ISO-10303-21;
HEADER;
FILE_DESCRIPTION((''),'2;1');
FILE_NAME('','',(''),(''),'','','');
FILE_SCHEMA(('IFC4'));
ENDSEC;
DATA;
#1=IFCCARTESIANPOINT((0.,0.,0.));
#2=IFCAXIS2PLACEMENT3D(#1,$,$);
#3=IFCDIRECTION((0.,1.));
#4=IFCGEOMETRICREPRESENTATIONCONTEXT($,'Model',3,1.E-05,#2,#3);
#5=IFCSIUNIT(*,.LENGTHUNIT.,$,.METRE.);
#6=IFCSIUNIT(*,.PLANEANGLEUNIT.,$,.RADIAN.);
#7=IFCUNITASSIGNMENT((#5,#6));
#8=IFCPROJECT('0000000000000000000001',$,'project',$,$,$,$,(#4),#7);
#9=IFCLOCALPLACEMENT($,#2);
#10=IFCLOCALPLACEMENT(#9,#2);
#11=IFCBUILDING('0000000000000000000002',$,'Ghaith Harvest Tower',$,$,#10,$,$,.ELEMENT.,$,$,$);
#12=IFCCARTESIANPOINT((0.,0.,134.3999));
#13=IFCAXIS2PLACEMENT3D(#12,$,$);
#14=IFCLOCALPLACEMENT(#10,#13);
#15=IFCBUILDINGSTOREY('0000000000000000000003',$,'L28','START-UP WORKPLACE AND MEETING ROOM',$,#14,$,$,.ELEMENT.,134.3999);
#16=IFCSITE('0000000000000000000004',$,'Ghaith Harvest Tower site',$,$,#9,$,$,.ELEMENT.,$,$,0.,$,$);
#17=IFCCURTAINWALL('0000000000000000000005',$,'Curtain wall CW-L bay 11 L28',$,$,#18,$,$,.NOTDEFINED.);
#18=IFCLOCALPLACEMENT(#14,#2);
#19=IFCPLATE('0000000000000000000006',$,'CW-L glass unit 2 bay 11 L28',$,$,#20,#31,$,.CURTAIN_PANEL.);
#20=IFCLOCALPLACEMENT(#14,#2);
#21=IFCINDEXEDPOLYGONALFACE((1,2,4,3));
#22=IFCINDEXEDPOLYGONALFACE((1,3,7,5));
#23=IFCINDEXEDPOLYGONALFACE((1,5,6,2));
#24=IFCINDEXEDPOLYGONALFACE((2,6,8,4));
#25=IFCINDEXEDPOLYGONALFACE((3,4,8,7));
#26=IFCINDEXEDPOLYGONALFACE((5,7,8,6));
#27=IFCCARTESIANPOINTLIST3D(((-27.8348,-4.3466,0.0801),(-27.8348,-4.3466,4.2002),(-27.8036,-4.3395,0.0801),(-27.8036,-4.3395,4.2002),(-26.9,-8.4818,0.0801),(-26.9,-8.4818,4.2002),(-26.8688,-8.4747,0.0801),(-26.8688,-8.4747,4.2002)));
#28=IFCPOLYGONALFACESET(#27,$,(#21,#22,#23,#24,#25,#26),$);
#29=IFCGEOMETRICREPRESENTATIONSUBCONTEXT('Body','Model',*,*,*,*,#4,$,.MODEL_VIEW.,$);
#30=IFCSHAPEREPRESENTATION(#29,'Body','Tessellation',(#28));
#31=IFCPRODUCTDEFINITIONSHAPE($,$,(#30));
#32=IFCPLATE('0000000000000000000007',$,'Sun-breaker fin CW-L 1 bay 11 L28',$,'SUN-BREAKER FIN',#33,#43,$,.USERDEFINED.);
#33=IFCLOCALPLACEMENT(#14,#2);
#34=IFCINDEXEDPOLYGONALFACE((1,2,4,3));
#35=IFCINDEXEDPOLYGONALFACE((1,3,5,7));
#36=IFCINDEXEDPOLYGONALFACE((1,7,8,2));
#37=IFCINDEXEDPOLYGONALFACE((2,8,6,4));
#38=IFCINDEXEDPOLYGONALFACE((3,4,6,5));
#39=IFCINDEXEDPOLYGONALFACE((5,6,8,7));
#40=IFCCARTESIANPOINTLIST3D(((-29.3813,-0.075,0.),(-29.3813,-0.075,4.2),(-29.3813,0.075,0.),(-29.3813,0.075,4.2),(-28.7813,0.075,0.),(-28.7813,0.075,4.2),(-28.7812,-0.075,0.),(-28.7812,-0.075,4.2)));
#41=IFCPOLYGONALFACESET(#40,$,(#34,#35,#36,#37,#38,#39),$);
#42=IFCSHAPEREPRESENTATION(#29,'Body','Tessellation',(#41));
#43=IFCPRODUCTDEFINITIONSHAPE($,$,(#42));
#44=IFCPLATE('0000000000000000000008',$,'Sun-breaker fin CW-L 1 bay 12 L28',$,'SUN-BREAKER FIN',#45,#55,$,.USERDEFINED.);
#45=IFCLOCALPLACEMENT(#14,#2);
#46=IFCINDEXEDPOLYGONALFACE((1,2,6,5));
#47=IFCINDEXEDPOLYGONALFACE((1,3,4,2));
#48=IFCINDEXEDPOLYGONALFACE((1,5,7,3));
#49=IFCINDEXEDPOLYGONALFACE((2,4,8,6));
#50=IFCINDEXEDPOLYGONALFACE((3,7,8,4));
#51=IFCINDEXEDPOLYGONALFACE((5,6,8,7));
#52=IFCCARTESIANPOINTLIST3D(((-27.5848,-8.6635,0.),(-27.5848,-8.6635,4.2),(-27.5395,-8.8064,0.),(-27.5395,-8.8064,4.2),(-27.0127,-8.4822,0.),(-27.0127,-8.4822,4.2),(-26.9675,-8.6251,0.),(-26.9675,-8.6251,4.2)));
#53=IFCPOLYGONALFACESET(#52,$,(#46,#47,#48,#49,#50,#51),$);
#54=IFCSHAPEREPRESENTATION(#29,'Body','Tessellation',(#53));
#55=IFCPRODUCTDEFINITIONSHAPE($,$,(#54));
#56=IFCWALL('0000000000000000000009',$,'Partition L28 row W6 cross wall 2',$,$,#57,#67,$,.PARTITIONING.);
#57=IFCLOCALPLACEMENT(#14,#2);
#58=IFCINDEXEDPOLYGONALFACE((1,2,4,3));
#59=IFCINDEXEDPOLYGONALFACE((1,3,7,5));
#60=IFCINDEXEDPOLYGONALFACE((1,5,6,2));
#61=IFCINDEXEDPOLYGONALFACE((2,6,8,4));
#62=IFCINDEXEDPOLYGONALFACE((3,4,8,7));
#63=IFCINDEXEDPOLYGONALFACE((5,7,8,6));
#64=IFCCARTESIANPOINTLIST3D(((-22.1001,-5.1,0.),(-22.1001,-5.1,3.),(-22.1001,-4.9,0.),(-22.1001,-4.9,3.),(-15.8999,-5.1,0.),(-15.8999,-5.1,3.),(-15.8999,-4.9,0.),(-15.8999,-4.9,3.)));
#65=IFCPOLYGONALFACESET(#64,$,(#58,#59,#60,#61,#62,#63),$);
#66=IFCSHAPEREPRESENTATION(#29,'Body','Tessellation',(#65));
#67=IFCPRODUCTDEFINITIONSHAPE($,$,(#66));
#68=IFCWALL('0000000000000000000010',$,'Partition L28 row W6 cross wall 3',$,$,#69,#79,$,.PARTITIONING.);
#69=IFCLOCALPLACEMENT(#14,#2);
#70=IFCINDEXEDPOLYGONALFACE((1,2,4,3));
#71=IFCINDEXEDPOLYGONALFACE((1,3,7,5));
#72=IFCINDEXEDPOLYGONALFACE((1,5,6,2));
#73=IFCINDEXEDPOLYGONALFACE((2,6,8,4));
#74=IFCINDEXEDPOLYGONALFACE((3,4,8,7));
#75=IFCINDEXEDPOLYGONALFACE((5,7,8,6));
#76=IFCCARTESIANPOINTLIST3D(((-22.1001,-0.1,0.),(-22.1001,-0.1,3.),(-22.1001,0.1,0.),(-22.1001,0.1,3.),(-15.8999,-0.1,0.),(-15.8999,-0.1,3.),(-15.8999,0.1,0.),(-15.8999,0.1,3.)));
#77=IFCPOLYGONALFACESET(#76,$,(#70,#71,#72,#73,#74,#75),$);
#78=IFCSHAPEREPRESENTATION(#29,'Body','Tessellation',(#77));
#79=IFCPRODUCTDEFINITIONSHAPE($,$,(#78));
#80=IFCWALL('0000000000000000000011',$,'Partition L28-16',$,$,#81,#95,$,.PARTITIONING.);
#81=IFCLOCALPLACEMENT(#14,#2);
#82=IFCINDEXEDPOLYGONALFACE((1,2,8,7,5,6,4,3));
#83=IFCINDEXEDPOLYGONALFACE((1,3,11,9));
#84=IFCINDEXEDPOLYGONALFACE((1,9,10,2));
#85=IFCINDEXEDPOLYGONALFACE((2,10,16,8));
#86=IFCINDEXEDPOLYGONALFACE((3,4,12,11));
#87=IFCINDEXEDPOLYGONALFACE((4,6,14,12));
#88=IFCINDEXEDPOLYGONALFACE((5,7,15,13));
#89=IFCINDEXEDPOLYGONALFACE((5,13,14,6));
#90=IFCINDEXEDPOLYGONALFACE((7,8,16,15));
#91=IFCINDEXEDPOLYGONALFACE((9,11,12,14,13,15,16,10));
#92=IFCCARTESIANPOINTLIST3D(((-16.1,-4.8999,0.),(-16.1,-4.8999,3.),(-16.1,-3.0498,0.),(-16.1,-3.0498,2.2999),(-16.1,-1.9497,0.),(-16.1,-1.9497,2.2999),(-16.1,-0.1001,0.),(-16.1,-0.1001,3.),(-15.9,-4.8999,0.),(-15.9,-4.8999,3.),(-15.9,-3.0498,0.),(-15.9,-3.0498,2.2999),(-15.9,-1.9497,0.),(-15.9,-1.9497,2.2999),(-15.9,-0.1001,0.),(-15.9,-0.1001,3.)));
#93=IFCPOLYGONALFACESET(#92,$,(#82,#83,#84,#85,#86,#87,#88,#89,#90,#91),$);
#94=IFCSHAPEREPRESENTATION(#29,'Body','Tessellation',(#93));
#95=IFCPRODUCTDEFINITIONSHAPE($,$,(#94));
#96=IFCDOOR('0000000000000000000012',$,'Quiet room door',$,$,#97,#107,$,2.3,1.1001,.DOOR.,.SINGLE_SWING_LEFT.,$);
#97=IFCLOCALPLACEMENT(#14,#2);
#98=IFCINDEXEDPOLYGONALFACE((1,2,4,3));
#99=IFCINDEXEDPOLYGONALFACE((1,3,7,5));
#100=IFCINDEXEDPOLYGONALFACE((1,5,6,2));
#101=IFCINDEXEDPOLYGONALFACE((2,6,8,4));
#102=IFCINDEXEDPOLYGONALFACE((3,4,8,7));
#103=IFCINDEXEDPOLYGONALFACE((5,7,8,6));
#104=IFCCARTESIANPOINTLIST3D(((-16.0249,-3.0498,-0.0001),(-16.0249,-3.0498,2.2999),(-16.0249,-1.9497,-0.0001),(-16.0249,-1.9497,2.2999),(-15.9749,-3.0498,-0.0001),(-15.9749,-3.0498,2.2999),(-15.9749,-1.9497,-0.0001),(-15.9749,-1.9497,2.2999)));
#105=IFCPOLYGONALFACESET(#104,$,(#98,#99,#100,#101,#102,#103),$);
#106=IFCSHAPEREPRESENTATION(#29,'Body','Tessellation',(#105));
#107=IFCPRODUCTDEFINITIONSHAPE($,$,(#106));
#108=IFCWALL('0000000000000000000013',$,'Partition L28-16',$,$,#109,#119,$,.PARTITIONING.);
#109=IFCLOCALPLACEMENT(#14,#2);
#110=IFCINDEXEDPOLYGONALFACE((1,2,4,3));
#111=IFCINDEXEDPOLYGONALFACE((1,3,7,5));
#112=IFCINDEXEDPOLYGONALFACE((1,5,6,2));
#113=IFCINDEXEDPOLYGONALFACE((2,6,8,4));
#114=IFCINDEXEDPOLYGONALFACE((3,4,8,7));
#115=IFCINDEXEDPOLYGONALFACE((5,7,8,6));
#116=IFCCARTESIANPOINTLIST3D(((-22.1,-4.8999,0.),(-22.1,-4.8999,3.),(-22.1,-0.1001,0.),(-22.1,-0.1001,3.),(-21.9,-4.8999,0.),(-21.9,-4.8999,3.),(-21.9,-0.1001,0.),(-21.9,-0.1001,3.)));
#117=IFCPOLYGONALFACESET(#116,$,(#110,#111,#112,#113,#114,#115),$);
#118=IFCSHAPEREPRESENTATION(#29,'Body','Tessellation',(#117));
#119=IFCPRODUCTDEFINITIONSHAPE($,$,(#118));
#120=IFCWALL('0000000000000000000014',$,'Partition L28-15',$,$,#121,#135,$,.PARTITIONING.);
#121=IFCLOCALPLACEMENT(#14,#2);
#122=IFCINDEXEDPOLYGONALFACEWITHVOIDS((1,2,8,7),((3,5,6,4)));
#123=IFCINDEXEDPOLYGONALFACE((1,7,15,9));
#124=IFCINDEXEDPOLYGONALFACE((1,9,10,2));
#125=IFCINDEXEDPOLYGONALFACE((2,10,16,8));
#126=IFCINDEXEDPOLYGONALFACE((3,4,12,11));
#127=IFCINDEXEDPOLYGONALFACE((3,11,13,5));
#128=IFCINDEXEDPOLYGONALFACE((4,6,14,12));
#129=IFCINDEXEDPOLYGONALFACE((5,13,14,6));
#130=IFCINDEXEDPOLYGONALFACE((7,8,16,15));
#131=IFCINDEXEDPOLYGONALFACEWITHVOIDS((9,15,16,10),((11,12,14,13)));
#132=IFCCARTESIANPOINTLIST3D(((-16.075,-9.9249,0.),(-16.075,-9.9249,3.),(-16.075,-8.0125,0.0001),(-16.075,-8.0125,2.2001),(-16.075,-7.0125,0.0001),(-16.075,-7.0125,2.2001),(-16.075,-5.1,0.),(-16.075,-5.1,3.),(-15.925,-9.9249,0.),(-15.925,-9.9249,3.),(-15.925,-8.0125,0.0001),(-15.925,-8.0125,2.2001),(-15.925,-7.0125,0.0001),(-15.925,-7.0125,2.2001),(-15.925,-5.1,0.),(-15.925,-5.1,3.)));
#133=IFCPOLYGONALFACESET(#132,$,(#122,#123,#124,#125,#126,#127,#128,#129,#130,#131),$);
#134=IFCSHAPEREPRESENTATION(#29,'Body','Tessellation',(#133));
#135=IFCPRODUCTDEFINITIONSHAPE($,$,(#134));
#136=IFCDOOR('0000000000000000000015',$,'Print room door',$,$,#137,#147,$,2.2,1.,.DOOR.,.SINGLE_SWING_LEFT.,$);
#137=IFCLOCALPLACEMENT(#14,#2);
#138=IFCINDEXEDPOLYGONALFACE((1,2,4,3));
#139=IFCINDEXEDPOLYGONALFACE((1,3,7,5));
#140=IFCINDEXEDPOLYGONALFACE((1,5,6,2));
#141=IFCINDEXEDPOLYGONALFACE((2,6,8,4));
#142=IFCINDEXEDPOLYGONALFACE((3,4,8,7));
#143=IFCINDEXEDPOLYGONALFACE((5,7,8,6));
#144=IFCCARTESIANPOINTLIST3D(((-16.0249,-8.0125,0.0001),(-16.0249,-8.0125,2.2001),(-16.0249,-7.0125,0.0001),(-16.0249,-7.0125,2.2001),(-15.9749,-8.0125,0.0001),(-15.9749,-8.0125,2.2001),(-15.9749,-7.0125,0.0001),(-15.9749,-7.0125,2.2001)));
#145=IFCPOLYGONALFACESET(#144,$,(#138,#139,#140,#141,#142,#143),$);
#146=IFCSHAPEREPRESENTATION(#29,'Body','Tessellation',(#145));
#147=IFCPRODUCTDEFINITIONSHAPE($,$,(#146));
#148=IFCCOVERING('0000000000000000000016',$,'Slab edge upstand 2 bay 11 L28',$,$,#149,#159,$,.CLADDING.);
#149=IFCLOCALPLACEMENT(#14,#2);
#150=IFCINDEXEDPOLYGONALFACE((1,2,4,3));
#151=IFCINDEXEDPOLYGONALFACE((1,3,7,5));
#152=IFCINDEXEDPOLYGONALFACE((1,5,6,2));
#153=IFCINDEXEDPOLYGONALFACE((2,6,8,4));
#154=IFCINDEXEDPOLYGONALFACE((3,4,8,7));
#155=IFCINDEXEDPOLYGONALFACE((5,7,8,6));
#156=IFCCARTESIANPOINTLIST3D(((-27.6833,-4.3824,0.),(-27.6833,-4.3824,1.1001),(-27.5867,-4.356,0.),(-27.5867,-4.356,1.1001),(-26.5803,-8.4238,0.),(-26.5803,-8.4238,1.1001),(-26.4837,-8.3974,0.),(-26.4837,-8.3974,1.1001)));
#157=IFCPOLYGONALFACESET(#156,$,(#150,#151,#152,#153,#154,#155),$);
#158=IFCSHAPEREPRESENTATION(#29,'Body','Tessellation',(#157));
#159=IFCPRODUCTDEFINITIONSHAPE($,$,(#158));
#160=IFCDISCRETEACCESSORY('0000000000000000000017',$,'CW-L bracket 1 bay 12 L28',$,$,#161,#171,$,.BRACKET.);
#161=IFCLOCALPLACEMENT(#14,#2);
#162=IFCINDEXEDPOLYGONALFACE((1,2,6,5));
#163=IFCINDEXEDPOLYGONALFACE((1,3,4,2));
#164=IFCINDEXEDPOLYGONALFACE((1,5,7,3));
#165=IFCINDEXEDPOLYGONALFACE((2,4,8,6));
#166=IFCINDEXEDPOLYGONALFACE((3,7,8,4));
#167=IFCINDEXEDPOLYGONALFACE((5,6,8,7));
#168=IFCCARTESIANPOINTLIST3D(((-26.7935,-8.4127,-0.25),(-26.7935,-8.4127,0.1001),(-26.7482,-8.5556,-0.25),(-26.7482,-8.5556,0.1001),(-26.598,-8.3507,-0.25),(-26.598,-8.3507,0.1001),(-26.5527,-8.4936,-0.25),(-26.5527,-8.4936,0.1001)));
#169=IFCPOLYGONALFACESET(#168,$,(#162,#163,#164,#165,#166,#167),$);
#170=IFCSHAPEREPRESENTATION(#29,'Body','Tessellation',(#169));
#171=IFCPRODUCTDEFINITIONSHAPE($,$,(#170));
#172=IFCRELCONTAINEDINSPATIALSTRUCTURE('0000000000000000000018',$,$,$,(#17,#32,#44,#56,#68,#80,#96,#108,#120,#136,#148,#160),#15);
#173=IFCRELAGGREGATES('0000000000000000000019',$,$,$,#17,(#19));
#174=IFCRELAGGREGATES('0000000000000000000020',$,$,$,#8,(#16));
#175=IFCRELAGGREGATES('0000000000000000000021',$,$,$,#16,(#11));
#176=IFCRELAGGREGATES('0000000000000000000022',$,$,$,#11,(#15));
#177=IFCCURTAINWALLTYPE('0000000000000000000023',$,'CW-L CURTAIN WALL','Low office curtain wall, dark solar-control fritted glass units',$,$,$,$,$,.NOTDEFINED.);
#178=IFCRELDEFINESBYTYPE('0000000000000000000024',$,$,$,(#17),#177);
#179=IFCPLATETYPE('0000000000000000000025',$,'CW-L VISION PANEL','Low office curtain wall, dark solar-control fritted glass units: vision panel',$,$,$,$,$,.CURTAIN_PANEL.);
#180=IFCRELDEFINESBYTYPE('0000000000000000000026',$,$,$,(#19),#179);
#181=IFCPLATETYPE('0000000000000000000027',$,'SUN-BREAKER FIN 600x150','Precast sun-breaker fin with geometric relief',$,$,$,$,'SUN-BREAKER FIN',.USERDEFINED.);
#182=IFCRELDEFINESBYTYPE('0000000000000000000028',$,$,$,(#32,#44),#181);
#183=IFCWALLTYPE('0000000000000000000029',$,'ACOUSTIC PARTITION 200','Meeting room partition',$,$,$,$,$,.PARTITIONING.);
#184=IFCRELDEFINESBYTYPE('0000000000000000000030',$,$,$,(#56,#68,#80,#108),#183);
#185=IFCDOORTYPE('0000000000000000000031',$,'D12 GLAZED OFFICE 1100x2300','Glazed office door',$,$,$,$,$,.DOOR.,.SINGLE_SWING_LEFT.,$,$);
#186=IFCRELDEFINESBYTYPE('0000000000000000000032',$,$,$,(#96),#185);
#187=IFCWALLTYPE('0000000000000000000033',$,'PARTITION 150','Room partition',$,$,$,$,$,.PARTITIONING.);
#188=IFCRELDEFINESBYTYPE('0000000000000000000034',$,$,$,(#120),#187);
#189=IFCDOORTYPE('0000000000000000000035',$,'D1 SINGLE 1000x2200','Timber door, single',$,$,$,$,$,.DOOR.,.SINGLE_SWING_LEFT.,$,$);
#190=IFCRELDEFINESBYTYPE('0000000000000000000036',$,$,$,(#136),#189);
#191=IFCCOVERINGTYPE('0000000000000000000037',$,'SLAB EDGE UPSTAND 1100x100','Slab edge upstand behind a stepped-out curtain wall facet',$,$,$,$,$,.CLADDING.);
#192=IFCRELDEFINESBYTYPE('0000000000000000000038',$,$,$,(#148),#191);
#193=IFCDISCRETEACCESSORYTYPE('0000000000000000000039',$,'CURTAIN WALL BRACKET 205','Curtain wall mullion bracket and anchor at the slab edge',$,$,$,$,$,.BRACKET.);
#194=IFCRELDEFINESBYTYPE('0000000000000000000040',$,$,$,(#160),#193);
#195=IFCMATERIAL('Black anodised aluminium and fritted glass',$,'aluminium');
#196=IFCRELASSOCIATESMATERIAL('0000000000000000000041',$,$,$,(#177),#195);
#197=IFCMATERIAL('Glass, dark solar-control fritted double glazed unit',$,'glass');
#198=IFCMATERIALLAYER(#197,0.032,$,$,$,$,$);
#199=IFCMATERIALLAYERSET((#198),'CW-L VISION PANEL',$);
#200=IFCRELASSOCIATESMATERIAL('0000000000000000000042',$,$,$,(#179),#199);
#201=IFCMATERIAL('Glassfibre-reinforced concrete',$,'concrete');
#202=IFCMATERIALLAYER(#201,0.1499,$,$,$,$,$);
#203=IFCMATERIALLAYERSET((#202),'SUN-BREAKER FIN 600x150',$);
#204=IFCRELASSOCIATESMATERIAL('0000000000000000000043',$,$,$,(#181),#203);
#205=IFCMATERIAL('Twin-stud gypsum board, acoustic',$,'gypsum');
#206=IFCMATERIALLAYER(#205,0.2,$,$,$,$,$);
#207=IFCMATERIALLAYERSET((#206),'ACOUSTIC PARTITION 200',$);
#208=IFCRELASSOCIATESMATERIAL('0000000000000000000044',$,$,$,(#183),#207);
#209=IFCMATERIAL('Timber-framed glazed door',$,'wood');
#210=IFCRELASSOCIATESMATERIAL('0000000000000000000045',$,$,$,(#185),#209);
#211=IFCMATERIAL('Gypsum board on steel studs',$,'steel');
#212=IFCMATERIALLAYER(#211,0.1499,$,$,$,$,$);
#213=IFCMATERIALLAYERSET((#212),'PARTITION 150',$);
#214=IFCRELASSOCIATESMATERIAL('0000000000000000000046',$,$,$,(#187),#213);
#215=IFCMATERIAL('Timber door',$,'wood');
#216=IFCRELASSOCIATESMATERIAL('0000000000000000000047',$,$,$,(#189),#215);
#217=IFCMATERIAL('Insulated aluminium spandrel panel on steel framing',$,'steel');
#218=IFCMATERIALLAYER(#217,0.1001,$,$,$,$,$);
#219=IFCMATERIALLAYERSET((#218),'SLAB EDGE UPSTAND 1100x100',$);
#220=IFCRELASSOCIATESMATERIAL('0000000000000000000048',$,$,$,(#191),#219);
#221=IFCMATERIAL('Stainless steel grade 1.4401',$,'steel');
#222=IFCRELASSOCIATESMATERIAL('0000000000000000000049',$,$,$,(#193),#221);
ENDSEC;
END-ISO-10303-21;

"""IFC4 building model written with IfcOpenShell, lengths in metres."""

from ifc_helpers import new_model, si_unit, direction, frame, frame_2d, origin, origin_2d, place, context, subcontext, project, spatial, rectangle, extrude, material, layer, layer_set, type_object, element, fill, aggregate, save


model = new_model("IFC4")

# Units and contexts
model_context = context("Model", 3, precision=1e-05, world=origin(), true_north=direction((0.0, 1.0)))
body_context = subcontext(model_context, "Body", "Model", "MODEL_VIEW")
ifc_project = project(units=[si_unit("LENGTHUNIT", "METRE"), si_unit("PLANEANGLEUNIT", "RADIAN")], contexts=[model_context])

# Site, building, storey
site_placement = place(None, origin())
site = spatial("IfcSite", under=ifc_project, at=site_placement, Name="Ghaith Harvest Tower site", CompositionType="ELEMENT", RefElevation=0.0)
building_placement = place(site_placement, origin())
building = spatial("IfcBuilding", under=site, at=building_placement, Name="Ghaith Harvest Tower", CompositionType="ELEMENT")
storey_placement = place(building_placement, frame((0.0, 0.0, 134.3999)))
storey = spatial("IfcBuildingStorey", under=building, at=storey_placement, Name="L28", Description="START-UP WORKPLACE AND MEETING ROOM", CompositionType="ELEMENT", Elevation=134.3999)

# Curtain wall
ifc_material_1 = material(Name="Black anodised aluminium and fritted glass", Category="aluminium")
curtain_wall_type = type_object("IfcCurtainWallType", Name="CW-L CURTAIN WALL", Description="Low office curtain wall, dark solar-control fritted glass units", PredefinedType="NOTDEFINED", material=ifc_material_1)
curtain_wall_1_placement = place(storey_placement, origin())
curtain_wall_1 = element("IfcCurtainWall", 1, at=curtain_wall_1_placement, inside=storey, type_object=curtain_wall_type, Name="Curtain wall CW-L bay 11 L28", PredefinedType="NOTDEFINED")

# Shared definitions
ifc_material_2 = material(Name="Glass, dark solar-control fritted double glazed unit", Category="glass")
ifc_layer_1 = layer(ifc_material_2, 0.032)
ifc_layer_set_1 = layer_set([ifc_layer_1], Name="CW-L VISION PANEL")
plate_type_1 = type_object("IfcPlateType", Name="CW-L VISION PANEL", Description="Low office curtain wall, dark solar-control fritted glass units: vision panel", PredefinedType="CURTAIN_PANEL", material=ifc_layer_set_1)

# Plate
plate_1_placement = place(storey_placement, frame((-27.3518, -6.4106, 0.0801), z_axis=(0.0, 0.0, 1.0), x_axis=(0.220483, -0.975391, 0.0)))
plate_1 = element("IfcPlate", 2, at=plate_1_placement, type_object=plate_type_1, Name="CW-L glass unit 2 bay 11 L28", PredefinedType="CURTAIN_PANEL", context=body_context, shape_type="SweptSolid", body=[
    extrude(rectangle(XDim=4.2395, YDim=0.032, at=origin_2d()), origin(), (0.0, 0.0, 1.0), 4.1201),
])
aggregate(curtain_wall_1, [plate_1])

# Plates
ifc_material_3 = material(Name="Glassfibre-reinforced concrete", Category="concrete")
ifc_layer_2 = layer(ifc_material_3, 0.1499)
ifc_layer_set_2 = layer_set([ifc_layer_2], Name="SUN-BREAKER FIN 600x150")
plate_type_2 = type_object("IfcPlateType", Name="SUN-BREAKER FIN 600x150", Description="Precast sun-breaker fin with geometric relief", ElementType="SUN-BREAKER FIN", PredefinedType="USERDEFINED", material=ifc_layer_set_2)
for number, where, z_axis, x_axis, name in (
    (3, (-29.0813, 0.0, 0.0), (0.0, 0.0, 1.0), (-1.0, 0.0, 0.0), "Sun-breaker fin CW-L 1 bay 11 L28"),
    (4, (-27.2761, -8.6443, 0.0), (0.0, 0.0, 1.0), (-0.953273, -0.30211, 0.0), "Sun-breaker fin CW-L 1 bay 12 L28"),
):
    element("IfcPlate", number, at=place(storey_placement, frame(where, z_axis=z_axis, x_axis=x_axis)), inside=storey, type_object=plate_type_2, Name=name, ObjectType="SUN-BREAKER FIN", PredefinedType="USERDEFINED", context=body_context, shape_type="SweptSolid", body=[
        extrude(rectangle(XDim=0.6001, YDim=0.1499, at=origin_2d()), origin(), (0.0, 0.0, 1.0), 4.2),
    ])

# Walls
ifc_material_4 = material(Name="Twin-stud gypsum board, acoustic", Category="gypsum")
ifc_layer_3 = layer(ifc_material_4, 0.2)
ifc_layer_set_3 = layer_set([ifc_layer_3], Name="ACOUSTIC PARTITION 200")
wall_type_1 = type_object("IfcWallType", Name="ACOUSTIC PARTITION 200", Description="Meeting room partition", PredefinedType="PARTITIONING", material=ifc_layer_set_3)
for number, where, z_axis, x_axis, name in (
    (5, (-15.8999, -5.0, 0.0), (0.0, 0.0, 1.0), (-1.0, 0.0, 0.0), "Partition L28 row W6 cross wall 2"),
    (6, (-15.8999, 0.0, 0.0), (0.0, 0.0, 1.0), (-1.0, 0.0, 0.0), "Partition L28 row W6 cross wall 3"),
):
    element("IfcWall", number, at=place(storey_placement, frame(where, z_axis=z_axis, x_axis=x_axis)), inside=storey, type_object=wall_type_1, Name=name, PredefinedType="PARTITIONING", context=body_context, shape_type="SweptSolid", body=[
        extrude(rectangle(XDim=6.2002, YDim=0.2, at=frame_2d((3.1001, 0.0))), origin(), (0.0, 0.0, 1.0), 3.0),
    ])

# Wall, opening, door
wall_1_placement = place(storey_placement, frame((-16.0, -4.8999, 0.0), z_axis=(0.0, 0.0, 1.0), x_axis=(0.0, 1.0, 0.0)))
wall_1 = element("IfcWall", 7, at=wall_1_placement, inside=storey, type_object=wall_type_1, Name="Partition L28-16", PredefinedType="PARTITIONING", context=body_context, shape_type="SweptSolid", body=[
    extrude(rectangle(XDim=4.7998, YDim=0.2, at=frame_2d((2.3999, 0.0))), origin(), (0.0, 0.0, 1.0), 3.0),
])
opening_1_placement = place(wall_1_placement, frame((1.8501, 0.0, 0.0)))
opening_1 = element("IfcOpeningElement", 8, at=opening_1_placement, cuts=wall_1, PredefinedType="OPENING", context=body_context, shape_type="SweptSolid", body=[
    extrude(rectangle(XDim=1.1001, YDim=2.3, at=frame_2d((0.55, 1.1499))), frame((0.0, 0.1099, 0.0), z_axis=(0.0, -1.0, 0.0), x_axis=(1.0, 0.0, 0.0)), (0.0, 0.0, 1.0), 0.22),
])
ifc_material_5 = material(Name="Timber-framed glazed door", Category="wood")
door_type_1 = type_object("IfcDoorType", Name="D12 GLAZED OFFICE 1100x2300", Description="Glazed office door", OperationType="SINGLE_SWING_LEFT", PredefinedType="DOOR", material=ifc_material_5)
door_1_placement = place(opening_1_placement, origin())
door_1 = element("IfcDoor", 9, at=door_1_placement, inside=storey, type_object=door_type_1, Name="Quiet room door", OperationType="SINGLE_SWING_LEFT", OverallHeight=2.3, OverallWidth=1.1001, PredefinedType="DOOR", context=body_context, shape_type="SweptSolid", body=[
    extrude(rectangle(XDim=1.1001, YDim=2.3, at=frame_2d((0.55, 1.1499))), frame((0.0, 0.0249, 0.0), z_axis=(0.0, -1.0, 0.0), x_axis=(1.0, 0.0, 0.0)), (0.0, 0.0, 1.0), 0.05),
])
fill(opening_1, door_1)

# Wall
wall_2_placement = place(storey_placement, frame((-22.0, -4.8999, 0.0), z_axis=(0.0, 0.0, 1.0), x_axis=(0.0, 1.0, 0.0)))
element("IfcWall", 10, at=wall_2_placement, inside=storey, type_object=wall_type_1, Name="Partition L28-16", PredefinedType="PARTITIONING", context=body_context, shape_type="SweptSolid", body=[
    extrude(rectangle(XDim=4.7998, YDim=0.2, at=frame_2d((2.3999, 0.0))), origin(), (0.0, 0.0, 1.0), 3.0),
])

# Wall, opening, door
ifc_material_6 = material(Name="Gypsum board on steel studs", Category="steel")
ifc_layer_4 = layer(ifc_material_6, 0.1499)
ifc_layer_set_4 = layer_set([ifc_layer_4], Name="PARTITION 150")
wall_type_2 = type_object("IfcWallType", Name="PARTITION 150", Description="Room partition", PredefinedType="PARTITIONING", material=ifc_layer_set_4)
wall_3_placement = place(storey_placement, frame((-16.0, -9.925, 0.0), z_axis=(0.0, 0.0, 1.0), x_axis=(0.0, 1.0, 0.0)))
wall_3 = element("IfcWall", 11, at=wall_3_placement, inside=storey, type_object=wall_type_2, Name="Partition L28-15", PredefinedType="PARTITIONING", context=body_context, shape_type="SweptSolid", body=[
    extrude(rectangle(XDim=4.825, YDim=0.1499, at=frame_2d((2.4126, 0.0))), origin(), (0.0, 0.0, 1.0), 3.0),
])
opening_2_placement = place(wall_3_placement, frame((1.9126, 0.0, 0.0)))
opening_2 = element("IfcOpeningElement", 12, at=opening_2_placement, cuts=wall_3, PredefinedType="OPENING", context=body_context, shape_type="SweptSolid", body=[
    extrude(rectangle(XDim=1.0, YDim=2.2, at=frame_2d((0.5, 1.1001))), frame((0.0, 0.085, 0.0), z_axis=(0.0, -1.0, 0.0), x_axis=(1.0, 0.0, 0.0)), (0.0, 0.0, 1.0), 0.1699),
])
ifc_material_7 = material(Name="Timber door", Category="wood")
door_type_2 = type_object("IfcDoorType", Name="D1 SINGLE 1000x2200", Description="Timber door, single", OperationType="SINGLE_SWING_LEFT", PredefinedType="DOOR", material=ifc_material_7)
door_2_placement = place(opening_2_placement, origin())
door_2 = element("IfcDoor", 13, at=door_2_placement, inside=storey, type_object=door_type_2, Name="Print room door", OperationType="SINGLE_SWING_LEFT", OverallHeight=2.2, OverallWidth=1.0, PredefinedType="DOOR", context=body_context, shape_type="SweptSolid", body=[
    extrude(rectangle(XDim=1.0, YDim=2.2, at=frame_2d((0.5, 1.1001))), frame((0.0, 0.0249, 0.0), z_axis=(0.0, -1.0, 0.0), x_axis=(1.0, 0.0, 0.0)), (0.0, 0.0, 1.0), 0.05),
])
fill(opening_2, door_2)

# Covering
ifc_material_8 = material(Name="Insulated aluminium spandrel panel on steel framing", Category="steel")
ifc_layer_5 = layer(ifc_material_8, 0.1001)
ifc_layer_set_5 = layer_set([ifc_layer_5], Name="SLAB EDGE UPSTAND 1100x100")
covering_type = type_object("IfcCoveringType", Name="SLAB EDGE UPSTAND 1100x100", Description="Slab edge upstand behind a stepped-out curtain wall facet", PredefinedType="CLADDING", material=ifc_layer_set_5)
covering_placement = place(storey_placement, frame((-27.0835, -6.3899, 0.0), z_axis=(0.0, 0.0, 1.0), x_axis=(0.263288, -0.964717, 0.0)))
element("IfcCovering", 14, at=covering_placement, inside=storey, type_object=covering_type, Name="Slab edge upstand 2 bay 11 L28", PredefinedType="CLADDING", context=body_context, shape_type="SweptSolid", body=[
    extrude(rectangle(XDim=4.1892, YDim=0.1001, at=origin_2d()), origin(), (0.0, 0.0, 1.0), 1.1001),
])

# Discrete accessory
ifc_material_9 = material(Name="Stainless steel grade 1.4401", Category="steel")
discrete_accessory_type = type_object("IfcDiscreteAccessoryType", Name="CURTAIN WALL BRACKET 205", Description="Curtain wall mullion bracket and anchor at the slab edge", PredefinedType="BRACKET", material=ifc_material_9)
discrete_accessory_placement = place(storey_placement, frame((-26.6731, -8.4531, -0.25), z_axis=(0.0, 0.0, 1.0), x_axis=(-0.953273, -0.30211, 0.0)))
element("IfcDiscreteAccessory", 15, at=discrete_accessory_placement, inside=storey, type_object=discrete_accessory_type, Name="CW-L bracket 1 bay 12 L28", PredefinedType="BRACKET", context=body_context, shape_type="SweptSolid", body=[
    extrude(rectangle(XDim=0.2051, YDim=0.1499, at=origin_2d()), origin(), (0.0, 0.0, 1.0), 0.3501),
])

save(model, "model.ifc")
